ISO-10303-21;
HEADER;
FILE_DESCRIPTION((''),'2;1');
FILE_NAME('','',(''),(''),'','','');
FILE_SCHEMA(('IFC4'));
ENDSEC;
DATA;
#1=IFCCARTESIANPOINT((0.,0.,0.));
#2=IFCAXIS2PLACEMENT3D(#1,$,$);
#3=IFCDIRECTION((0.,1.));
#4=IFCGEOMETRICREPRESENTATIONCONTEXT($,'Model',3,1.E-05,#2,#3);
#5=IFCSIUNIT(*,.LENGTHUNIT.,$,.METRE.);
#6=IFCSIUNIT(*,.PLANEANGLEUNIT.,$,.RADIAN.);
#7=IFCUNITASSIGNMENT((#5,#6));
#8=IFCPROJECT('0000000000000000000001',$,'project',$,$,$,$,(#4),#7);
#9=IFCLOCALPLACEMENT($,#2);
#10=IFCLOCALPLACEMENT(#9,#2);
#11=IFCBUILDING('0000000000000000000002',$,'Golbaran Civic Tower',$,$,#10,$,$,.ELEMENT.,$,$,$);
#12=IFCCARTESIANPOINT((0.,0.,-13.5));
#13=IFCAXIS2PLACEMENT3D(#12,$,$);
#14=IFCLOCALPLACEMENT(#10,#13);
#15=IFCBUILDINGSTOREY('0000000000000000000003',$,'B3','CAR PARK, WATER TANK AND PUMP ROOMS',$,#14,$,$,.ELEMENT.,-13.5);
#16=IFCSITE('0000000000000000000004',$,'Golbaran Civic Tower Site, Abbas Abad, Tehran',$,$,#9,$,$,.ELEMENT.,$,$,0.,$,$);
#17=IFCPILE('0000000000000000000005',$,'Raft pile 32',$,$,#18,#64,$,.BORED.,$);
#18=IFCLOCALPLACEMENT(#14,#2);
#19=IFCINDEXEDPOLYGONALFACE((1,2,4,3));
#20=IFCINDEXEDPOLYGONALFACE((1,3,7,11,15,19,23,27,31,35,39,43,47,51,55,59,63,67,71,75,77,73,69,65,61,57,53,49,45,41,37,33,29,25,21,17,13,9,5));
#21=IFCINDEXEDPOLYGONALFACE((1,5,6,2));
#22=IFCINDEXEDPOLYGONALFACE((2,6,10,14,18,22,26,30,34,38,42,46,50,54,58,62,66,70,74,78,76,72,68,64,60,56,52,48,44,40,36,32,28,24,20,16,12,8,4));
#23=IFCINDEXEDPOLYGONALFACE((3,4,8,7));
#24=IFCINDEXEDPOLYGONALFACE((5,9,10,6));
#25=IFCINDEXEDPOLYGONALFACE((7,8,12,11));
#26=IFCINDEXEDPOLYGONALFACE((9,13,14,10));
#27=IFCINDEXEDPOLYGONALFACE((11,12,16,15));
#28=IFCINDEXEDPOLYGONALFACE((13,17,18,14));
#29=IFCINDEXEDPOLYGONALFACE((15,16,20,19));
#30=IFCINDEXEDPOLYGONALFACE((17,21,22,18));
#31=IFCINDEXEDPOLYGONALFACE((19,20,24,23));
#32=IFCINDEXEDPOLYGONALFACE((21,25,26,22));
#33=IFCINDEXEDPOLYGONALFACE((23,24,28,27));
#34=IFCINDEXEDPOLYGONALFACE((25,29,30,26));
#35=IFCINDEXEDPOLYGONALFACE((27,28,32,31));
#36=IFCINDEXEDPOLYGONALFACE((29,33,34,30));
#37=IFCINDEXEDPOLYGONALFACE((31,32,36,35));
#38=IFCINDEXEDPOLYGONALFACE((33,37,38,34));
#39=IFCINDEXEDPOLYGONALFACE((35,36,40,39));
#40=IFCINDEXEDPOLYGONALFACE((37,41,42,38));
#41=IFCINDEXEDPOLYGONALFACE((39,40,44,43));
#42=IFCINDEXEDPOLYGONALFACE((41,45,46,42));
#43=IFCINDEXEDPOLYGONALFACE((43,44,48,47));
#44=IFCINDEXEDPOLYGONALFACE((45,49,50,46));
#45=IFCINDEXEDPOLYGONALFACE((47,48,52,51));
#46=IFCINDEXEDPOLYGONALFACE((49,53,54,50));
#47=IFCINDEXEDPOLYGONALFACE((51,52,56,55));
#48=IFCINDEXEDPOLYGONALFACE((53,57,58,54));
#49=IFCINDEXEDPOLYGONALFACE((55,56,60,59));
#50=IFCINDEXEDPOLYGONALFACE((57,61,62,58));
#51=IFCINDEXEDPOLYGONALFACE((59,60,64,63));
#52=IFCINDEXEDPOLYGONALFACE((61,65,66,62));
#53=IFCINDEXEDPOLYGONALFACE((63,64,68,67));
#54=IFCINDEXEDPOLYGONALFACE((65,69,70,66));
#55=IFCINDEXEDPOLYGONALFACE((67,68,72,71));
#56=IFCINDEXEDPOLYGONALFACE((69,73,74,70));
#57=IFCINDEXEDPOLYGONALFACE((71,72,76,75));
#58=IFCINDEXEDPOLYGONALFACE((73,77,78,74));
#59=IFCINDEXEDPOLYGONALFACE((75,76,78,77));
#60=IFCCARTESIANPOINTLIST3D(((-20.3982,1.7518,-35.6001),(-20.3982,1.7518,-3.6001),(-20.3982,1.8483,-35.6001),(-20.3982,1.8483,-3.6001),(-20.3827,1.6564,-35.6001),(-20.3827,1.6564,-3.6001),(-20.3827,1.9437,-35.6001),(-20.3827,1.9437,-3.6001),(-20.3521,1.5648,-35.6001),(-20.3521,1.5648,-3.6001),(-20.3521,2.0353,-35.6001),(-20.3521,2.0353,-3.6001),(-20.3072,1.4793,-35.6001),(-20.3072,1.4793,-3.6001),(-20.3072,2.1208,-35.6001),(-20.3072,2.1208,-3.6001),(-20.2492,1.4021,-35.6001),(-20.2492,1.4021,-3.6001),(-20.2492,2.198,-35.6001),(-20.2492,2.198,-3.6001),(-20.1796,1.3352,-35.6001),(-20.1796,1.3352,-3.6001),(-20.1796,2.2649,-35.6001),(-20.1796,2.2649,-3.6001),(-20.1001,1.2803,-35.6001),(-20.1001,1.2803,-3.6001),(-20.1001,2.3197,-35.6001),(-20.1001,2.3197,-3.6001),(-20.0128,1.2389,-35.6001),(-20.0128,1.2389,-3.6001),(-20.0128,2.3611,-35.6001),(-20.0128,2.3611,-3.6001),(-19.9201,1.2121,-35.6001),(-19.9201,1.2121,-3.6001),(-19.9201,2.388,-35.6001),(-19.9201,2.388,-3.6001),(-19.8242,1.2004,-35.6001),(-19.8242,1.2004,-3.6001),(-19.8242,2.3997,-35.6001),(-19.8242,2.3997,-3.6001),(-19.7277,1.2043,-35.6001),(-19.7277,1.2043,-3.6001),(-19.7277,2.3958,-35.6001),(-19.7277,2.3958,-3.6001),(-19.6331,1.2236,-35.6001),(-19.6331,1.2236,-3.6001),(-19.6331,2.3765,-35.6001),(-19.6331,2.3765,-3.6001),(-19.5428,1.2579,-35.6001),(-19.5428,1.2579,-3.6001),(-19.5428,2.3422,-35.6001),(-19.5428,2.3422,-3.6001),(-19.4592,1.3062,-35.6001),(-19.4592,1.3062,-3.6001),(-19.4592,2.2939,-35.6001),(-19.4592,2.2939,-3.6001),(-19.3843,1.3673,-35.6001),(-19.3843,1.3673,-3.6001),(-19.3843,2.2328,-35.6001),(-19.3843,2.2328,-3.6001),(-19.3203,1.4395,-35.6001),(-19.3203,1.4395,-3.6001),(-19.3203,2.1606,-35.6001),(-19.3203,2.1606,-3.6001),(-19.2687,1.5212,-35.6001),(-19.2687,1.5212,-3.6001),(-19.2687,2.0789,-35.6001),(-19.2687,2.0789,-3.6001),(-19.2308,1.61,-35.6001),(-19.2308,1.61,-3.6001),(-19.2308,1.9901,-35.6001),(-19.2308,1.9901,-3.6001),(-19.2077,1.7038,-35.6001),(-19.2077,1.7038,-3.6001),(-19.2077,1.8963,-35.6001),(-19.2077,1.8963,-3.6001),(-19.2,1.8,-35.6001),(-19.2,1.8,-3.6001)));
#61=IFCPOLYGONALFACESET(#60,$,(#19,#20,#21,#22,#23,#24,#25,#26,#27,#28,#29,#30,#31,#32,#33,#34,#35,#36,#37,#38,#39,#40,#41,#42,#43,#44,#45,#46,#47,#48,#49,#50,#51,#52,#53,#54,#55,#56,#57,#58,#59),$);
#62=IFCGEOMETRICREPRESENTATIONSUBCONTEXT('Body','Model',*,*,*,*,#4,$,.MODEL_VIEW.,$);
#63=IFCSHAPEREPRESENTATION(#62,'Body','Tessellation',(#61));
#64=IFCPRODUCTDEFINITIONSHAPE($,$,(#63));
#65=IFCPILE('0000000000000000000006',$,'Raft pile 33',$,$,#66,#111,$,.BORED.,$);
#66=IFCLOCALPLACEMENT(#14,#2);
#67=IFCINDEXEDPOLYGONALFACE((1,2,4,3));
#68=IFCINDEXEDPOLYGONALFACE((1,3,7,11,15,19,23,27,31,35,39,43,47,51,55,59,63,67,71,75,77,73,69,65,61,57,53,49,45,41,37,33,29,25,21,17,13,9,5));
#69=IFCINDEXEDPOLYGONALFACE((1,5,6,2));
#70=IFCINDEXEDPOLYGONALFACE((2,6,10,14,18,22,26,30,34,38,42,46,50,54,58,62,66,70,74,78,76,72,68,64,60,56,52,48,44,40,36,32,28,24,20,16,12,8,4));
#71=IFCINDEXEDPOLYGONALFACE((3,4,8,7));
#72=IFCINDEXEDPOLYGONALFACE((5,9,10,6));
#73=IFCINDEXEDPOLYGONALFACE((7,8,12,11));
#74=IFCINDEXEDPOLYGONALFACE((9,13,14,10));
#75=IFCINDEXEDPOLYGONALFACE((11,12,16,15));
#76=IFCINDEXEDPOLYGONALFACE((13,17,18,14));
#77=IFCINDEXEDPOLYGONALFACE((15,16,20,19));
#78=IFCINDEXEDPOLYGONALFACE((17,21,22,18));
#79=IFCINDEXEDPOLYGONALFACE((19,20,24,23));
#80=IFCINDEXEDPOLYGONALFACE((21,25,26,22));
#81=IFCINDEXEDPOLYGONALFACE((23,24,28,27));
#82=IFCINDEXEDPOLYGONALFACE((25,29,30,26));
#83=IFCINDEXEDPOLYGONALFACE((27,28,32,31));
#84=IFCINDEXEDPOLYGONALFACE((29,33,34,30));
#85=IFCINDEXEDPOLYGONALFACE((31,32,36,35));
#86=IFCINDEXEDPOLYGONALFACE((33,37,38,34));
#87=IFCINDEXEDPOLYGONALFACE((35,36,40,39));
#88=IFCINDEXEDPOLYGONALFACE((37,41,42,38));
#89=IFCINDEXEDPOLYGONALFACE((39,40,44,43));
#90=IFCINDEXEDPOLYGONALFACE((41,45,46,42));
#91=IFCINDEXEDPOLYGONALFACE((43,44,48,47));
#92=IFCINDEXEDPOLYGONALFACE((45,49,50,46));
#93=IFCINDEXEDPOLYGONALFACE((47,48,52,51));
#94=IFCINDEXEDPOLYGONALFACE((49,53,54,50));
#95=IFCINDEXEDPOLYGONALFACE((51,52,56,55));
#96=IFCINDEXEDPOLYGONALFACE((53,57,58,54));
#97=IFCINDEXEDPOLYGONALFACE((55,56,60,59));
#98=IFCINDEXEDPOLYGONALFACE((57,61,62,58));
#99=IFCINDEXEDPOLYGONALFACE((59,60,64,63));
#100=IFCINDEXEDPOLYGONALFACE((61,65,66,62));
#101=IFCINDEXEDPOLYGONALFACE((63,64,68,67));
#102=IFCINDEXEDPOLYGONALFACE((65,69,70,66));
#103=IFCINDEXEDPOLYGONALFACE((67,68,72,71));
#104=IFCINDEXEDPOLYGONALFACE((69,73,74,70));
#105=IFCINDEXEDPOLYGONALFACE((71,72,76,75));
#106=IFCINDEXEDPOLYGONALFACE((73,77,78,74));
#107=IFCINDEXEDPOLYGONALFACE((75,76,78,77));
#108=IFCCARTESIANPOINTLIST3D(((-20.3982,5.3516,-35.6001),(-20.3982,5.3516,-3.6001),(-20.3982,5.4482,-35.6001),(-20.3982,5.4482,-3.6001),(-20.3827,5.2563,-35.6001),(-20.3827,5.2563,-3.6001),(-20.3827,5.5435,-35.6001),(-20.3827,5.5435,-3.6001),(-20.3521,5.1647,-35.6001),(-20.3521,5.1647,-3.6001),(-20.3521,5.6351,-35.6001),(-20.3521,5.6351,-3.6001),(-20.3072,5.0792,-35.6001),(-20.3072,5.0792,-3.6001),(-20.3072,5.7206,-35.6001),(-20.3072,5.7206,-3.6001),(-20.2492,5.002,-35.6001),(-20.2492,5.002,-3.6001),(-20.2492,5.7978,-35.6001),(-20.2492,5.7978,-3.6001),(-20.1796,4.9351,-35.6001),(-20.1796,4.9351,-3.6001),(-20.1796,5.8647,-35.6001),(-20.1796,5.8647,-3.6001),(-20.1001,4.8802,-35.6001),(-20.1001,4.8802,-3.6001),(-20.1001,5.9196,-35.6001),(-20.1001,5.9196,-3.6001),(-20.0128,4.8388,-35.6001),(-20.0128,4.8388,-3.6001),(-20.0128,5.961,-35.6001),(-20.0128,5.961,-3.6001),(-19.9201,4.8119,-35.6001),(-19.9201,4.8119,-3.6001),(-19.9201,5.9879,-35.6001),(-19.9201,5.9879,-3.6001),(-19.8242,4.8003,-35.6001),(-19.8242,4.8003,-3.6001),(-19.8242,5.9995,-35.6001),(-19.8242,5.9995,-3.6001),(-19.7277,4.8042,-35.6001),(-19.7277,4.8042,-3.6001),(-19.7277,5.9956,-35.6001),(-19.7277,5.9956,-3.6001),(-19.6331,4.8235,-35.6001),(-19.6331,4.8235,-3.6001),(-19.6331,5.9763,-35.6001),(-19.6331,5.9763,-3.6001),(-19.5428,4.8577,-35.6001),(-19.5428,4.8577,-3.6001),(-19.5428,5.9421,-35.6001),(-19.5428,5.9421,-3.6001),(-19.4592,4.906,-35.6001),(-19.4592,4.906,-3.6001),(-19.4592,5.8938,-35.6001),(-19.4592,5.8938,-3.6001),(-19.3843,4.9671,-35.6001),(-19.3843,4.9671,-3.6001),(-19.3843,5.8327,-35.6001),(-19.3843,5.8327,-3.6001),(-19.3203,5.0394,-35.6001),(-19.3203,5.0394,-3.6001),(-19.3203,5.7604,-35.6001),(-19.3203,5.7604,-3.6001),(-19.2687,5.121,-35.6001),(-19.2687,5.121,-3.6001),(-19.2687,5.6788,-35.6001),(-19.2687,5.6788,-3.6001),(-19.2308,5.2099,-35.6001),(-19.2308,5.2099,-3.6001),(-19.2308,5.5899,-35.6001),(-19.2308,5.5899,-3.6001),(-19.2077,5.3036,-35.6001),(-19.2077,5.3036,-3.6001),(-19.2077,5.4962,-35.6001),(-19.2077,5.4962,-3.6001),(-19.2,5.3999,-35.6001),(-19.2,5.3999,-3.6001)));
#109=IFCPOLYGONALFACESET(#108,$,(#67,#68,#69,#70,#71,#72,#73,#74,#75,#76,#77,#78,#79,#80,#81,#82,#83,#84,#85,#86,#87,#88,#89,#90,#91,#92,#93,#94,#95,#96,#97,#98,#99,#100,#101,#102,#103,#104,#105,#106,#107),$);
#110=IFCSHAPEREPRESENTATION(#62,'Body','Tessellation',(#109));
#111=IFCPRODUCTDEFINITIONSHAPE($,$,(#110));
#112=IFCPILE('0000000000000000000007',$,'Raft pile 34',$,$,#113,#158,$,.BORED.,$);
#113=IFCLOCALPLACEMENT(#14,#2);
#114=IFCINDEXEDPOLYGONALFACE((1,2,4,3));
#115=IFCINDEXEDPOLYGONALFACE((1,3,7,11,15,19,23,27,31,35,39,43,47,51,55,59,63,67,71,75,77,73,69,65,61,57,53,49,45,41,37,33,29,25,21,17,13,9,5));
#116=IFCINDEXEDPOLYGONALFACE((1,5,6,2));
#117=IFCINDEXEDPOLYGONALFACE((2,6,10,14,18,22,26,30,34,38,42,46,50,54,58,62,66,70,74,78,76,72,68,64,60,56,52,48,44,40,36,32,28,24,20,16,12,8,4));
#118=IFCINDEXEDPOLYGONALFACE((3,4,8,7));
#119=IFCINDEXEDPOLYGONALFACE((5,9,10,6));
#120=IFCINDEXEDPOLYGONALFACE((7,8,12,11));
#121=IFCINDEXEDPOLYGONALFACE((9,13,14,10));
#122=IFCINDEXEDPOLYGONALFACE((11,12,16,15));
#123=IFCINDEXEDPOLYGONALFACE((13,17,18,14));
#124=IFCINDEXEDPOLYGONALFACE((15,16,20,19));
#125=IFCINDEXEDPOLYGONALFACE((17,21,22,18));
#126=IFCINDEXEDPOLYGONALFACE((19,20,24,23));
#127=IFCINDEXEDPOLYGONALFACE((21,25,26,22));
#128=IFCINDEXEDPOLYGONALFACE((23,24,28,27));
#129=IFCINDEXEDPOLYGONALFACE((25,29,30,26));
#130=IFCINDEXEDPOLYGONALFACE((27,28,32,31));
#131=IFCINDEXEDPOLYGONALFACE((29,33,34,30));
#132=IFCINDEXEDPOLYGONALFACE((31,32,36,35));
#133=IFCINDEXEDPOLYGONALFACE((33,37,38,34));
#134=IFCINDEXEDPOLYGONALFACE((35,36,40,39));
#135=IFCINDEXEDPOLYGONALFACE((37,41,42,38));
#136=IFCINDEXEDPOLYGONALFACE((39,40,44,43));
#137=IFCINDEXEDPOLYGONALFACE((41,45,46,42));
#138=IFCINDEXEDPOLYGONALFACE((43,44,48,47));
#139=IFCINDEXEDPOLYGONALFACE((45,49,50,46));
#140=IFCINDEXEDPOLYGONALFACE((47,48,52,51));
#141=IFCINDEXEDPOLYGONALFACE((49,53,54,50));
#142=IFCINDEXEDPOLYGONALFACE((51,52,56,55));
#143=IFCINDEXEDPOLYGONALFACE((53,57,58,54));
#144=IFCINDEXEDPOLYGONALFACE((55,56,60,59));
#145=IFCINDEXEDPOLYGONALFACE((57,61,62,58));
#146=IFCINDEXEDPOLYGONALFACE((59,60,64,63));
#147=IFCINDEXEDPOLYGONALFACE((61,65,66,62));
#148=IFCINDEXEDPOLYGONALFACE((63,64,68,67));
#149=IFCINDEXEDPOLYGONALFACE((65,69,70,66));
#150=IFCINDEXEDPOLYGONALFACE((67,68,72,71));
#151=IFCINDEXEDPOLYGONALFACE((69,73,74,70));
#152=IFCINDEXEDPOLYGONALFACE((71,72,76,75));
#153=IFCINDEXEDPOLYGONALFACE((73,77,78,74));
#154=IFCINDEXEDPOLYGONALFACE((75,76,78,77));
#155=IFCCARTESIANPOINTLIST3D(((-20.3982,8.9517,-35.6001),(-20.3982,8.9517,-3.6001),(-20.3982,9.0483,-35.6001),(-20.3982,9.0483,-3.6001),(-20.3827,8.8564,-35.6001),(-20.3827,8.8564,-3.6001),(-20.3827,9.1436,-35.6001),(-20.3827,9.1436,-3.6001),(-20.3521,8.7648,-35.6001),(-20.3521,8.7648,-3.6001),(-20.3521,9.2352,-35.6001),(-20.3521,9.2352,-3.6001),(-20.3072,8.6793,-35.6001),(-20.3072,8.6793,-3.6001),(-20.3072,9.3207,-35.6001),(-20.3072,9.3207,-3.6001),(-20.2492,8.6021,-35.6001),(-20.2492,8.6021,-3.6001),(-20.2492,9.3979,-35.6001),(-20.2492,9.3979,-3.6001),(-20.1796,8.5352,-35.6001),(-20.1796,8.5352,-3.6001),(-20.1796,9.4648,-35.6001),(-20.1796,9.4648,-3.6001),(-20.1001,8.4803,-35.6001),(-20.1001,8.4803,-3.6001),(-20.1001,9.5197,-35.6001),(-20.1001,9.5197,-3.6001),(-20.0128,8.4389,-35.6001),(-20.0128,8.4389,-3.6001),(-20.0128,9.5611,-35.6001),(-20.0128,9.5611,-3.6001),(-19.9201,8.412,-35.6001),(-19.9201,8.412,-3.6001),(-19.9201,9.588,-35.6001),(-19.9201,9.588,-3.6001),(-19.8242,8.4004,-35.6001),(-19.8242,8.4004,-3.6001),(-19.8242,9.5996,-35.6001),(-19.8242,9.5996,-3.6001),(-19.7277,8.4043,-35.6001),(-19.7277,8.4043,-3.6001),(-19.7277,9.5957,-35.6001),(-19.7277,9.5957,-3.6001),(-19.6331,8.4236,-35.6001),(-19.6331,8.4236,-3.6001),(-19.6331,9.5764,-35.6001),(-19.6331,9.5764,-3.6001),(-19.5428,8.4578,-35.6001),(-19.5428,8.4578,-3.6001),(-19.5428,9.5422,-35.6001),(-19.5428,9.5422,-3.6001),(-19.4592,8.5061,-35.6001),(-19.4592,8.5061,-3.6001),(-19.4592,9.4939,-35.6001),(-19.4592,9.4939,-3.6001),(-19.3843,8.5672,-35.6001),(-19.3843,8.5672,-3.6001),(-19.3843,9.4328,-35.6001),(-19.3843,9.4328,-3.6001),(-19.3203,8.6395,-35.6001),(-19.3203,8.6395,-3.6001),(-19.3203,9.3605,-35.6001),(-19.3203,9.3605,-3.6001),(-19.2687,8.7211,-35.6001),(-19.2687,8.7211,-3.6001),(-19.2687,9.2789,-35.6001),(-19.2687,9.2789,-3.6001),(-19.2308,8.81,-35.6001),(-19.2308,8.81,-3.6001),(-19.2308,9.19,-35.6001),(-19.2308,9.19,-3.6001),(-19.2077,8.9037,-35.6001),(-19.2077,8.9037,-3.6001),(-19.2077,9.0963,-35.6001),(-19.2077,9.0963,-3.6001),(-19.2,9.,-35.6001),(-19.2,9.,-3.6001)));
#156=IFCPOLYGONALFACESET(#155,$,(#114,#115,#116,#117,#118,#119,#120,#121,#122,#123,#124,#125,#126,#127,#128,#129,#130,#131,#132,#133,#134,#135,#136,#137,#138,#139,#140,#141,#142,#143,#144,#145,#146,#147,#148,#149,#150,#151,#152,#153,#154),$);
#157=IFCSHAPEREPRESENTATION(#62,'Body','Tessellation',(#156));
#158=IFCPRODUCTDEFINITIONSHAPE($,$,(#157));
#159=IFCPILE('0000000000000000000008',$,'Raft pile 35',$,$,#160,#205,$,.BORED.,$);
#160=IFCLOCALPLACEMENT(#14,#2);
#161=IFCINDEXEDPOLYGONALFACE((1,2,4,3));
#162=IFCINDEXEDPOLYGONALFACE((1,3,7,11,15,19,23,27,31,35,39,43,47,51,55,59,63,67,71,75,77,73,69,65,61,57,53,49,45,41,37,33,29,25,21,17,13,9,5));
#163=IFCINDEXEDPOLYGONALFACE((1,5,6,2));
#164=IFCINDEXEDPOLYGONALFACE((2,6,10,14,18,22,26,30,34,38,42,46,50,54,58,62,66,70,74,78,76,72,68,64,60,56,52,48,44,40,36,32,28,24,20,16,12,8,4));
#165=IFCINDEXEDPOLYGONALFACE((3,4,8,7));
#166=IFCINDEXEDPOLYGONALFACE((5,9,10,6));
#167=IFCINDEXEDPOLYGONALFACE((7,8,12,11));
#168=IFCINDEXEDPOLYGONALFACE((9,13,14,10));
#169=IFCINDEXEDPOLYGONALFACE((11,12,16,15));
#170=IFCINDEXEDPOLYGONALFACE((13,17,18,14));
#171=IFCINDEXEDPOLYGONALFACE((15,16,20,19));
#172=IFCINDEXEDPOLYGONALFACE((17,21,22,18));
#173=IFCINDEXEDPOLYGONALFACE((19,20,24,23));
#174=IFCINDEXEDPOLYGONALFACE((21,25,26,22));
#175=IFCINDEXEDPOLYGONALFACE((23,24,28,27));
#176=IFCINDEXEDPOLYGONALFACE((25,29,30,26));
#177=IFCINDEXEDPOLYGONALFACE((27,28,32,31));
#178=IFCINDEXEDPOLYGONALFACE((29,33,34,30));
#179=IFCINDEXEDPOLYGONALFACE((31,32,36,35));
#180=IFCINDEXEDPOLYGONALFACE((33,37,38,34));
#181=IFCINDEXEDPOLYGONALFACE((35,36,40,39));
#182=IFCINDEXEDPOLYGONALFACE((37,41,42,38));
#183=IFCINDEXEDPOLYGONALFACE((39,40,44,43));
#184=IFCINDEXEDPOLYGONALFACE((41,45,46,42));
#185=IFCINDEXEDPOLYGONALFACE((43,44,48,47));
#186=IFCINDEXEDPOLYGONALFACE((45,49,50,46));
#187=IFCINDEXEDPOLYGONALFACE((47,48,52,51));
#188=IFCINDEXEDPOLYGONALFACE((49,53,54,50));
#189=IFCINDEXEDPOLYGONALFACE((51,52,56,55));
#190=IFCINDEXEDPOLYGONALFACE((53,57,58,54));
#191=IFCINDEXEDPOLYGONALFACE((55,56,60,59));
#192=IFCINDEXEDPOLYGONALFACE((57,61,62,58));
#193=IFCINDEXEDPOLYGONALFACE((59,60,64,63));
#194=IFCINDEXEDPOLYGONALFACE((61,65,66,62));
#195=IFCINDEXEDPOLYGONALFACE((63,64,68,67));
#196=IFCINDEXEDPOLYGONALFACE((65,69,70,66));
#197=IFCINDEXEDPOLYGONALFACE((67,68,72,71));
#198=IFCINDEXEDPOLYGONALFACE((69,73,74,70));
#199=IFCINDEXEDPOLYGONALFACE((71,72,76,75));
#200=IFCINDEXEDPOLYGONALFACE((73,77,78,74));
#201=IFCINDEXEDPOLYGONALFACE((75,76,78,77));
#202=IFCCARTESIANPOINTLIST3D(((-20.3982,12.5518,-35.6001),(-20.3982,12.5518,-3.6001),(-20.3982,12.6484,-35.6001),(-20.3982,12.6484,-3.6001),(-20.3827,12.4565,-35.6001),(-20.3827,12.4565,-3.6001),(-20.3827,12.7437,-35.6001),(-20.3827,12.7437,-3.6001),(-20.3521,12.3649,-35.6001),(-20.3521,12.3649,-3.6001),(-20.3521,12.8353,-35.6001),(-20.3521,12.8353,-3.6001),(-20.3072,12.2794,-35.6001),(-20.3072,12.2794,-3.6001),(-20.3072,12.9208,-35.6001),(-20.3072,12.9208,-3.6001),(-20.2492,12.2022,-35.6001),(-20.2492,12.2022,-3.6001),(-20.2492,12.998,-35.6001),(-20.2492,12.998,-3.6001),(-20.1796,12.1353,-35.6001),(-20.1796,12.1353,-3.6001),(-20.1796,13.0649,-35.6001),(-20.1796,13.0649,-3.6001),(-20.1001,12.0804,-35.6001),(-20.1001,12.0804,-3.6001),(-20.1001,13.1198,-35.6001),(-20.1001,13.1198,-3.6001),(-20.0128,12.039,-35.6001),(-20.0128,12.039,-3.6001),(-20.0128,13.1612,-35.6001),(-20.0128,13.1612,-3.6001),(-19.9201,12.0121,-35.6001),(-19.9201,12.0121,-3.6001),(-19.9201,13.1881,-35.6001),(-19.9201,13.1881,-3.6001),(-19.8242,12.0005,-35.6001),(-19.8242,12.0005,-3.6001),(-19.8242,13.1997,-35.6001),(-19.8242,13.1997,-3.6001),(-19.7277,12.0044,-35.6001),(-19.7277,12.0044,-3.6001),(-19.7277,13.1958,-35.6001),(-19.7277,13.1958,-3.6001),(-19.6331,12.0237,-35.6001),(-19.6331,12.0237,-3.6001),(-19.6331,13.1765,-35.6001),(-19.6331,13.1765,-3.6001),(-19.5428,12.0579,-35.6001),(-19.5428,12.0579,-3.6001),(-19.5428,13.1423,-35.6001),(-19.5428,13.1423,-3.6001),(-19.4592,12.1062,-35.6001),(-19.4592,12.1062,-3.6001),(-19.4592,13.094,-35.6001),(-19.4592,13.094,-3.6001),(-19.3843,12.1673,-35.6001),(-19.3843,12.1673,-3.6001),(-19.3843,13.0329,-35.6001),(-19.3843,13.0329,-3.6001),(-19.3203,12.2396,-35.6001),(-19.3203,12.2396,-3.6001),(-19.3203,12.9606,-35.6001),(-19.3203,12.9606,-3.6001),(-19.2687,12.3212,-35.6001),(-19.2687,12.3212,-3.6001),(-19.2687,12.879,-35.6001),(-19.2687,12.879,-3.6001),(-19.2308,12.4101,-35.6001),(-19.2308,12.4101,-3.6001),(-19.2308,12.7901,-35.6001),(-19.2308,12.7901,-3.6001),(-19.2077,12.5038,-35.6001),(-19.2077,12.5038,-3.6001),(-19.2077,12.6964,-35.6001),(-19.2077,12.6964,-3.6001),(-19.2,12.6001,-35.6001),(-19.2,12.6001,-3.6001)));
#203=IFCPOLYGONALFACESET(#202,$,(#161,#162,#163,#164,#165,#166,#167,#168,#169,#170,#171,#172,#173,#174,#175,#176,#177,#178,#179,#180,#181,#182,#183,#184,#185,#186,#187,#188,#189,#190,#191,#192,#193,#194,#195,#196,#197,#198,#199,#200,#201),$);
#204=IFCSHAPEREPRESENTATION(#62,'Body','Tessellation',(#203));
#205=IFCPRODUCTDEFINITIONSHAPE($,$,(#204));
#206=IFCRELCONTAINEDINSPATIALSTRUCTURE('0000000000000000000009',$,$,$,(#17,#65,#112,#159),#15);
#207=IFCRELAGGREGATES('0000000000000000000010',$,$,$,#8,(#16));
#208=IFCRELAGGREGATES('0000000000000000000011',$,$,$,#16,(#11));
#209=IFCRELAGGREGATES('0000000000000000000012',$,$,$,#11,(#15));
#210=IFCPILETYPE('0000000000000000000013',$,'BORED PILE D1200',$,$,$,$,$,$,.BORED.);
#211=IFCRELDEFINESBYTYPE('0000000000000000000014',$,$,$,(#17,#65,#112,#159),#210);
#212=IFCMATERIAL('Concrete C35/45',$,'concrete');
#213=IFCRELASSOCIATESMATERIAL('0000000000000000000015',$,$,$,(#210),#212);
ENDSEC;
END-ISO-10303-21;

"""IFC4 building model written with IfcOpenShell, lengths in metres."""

from ifc_helpers import new_model, si_unit, direction, frame, origin, origin_2d, place, context, subcontext, project, spatial, circle, extrude, material, material_profile, profile_set, type_object, element, save


model = new_model("IFC4")

# Units and contexts
model_context = context("Model", 3, precision=1e-05, world=origin(), true_north=direction((0.0, 1.0)))
body_context = subcontext(model_context, "Body", "Model", "MODEL_VIEW")
ifc_project = project(units=[si_unit("LENGTHUNIT", "METRE"), si_unit("PLANEANGLEUNIT", "RADIAN")], contexts=[model_context])

# Site, building, storey
site_placement = place(None, origin())
site = spatial("IfcSite", under=ifc_project, at=site_placement, Name="Golbaran Civic Tower Site, Abbas Abad, Tehran", CompositionType="ELEMENT", RefElevation=0.0)
building_placement = place(site_placement, origin())
building = spatial("IfcBuilding", under=site, at=building_placement, Name="Golbaran Civic Tower", CompositionType="ELEMENT")
storey_placement = place(building_placement, frame((0.0, 0.0, -13.5)))
storey = spatial("IfcBuildingStorey", under=building, at=storey_placement, Name="B3", Description="CAR PARK, WATER TANK AND PUMP ROOMS", CompositionType="ELEMENT", Elevation=-13.5)

# Piles
ifc_material_1 = material(Name="Concrete C35/45", Category="concrete")
ifc_material_profile_1 = material_profile(ifc_material_1, circle(Radius=0.6001, at=origin_2d()), Name="BORED PILE D1200")
ifc_profile_set_1 = profile_set([ifc_material_profile_1], Name="Concrete C35/45")
pile_type = type_object("IfcPileType", Name="BORED PILE D1200", PredefinedType="BORED", material=ifc_profile_set_1)
for number, where, z_axis, x_axis, name in (
    (1, (-19.8, 1.8, -3.6001), (0.0, 0.0, -1.0), (1.0, 0.0, 0.0), "Raft pile 32"),
    (2, (-19.8, 5.3999, -3.6001), (0.0, 0.0, -1.0), (1.0, 0.0, 0.0), "Raft pile 33"),
    (3, (-19.8, 9.0, -3.6001), (0.0, 0.0, -1.0), (1.0, 0.0, 0.0), "Raft pile 34"),
    (4, (-19.8, 12.6001, -3.6001), (0.0, 0.0, -1.0), (1.0, 0.0, 0.0), "Raft pile 35"),
):
    element("IfcPile", number, at=place(storey_placement, frame(where, z_axis=z_axis, x_axis=x_axis)), inside=storey, type_object=pile_type, Name=name, PredefinedType="BORED", context=body_context, shape_type="SweptSolid", body=[
        extrude(circle(Radius=0.6001, at=origin_2d()), origin(), (0.0, 0.0, 1.0), 32.0),
    ])

save(model, "model.ifc")
